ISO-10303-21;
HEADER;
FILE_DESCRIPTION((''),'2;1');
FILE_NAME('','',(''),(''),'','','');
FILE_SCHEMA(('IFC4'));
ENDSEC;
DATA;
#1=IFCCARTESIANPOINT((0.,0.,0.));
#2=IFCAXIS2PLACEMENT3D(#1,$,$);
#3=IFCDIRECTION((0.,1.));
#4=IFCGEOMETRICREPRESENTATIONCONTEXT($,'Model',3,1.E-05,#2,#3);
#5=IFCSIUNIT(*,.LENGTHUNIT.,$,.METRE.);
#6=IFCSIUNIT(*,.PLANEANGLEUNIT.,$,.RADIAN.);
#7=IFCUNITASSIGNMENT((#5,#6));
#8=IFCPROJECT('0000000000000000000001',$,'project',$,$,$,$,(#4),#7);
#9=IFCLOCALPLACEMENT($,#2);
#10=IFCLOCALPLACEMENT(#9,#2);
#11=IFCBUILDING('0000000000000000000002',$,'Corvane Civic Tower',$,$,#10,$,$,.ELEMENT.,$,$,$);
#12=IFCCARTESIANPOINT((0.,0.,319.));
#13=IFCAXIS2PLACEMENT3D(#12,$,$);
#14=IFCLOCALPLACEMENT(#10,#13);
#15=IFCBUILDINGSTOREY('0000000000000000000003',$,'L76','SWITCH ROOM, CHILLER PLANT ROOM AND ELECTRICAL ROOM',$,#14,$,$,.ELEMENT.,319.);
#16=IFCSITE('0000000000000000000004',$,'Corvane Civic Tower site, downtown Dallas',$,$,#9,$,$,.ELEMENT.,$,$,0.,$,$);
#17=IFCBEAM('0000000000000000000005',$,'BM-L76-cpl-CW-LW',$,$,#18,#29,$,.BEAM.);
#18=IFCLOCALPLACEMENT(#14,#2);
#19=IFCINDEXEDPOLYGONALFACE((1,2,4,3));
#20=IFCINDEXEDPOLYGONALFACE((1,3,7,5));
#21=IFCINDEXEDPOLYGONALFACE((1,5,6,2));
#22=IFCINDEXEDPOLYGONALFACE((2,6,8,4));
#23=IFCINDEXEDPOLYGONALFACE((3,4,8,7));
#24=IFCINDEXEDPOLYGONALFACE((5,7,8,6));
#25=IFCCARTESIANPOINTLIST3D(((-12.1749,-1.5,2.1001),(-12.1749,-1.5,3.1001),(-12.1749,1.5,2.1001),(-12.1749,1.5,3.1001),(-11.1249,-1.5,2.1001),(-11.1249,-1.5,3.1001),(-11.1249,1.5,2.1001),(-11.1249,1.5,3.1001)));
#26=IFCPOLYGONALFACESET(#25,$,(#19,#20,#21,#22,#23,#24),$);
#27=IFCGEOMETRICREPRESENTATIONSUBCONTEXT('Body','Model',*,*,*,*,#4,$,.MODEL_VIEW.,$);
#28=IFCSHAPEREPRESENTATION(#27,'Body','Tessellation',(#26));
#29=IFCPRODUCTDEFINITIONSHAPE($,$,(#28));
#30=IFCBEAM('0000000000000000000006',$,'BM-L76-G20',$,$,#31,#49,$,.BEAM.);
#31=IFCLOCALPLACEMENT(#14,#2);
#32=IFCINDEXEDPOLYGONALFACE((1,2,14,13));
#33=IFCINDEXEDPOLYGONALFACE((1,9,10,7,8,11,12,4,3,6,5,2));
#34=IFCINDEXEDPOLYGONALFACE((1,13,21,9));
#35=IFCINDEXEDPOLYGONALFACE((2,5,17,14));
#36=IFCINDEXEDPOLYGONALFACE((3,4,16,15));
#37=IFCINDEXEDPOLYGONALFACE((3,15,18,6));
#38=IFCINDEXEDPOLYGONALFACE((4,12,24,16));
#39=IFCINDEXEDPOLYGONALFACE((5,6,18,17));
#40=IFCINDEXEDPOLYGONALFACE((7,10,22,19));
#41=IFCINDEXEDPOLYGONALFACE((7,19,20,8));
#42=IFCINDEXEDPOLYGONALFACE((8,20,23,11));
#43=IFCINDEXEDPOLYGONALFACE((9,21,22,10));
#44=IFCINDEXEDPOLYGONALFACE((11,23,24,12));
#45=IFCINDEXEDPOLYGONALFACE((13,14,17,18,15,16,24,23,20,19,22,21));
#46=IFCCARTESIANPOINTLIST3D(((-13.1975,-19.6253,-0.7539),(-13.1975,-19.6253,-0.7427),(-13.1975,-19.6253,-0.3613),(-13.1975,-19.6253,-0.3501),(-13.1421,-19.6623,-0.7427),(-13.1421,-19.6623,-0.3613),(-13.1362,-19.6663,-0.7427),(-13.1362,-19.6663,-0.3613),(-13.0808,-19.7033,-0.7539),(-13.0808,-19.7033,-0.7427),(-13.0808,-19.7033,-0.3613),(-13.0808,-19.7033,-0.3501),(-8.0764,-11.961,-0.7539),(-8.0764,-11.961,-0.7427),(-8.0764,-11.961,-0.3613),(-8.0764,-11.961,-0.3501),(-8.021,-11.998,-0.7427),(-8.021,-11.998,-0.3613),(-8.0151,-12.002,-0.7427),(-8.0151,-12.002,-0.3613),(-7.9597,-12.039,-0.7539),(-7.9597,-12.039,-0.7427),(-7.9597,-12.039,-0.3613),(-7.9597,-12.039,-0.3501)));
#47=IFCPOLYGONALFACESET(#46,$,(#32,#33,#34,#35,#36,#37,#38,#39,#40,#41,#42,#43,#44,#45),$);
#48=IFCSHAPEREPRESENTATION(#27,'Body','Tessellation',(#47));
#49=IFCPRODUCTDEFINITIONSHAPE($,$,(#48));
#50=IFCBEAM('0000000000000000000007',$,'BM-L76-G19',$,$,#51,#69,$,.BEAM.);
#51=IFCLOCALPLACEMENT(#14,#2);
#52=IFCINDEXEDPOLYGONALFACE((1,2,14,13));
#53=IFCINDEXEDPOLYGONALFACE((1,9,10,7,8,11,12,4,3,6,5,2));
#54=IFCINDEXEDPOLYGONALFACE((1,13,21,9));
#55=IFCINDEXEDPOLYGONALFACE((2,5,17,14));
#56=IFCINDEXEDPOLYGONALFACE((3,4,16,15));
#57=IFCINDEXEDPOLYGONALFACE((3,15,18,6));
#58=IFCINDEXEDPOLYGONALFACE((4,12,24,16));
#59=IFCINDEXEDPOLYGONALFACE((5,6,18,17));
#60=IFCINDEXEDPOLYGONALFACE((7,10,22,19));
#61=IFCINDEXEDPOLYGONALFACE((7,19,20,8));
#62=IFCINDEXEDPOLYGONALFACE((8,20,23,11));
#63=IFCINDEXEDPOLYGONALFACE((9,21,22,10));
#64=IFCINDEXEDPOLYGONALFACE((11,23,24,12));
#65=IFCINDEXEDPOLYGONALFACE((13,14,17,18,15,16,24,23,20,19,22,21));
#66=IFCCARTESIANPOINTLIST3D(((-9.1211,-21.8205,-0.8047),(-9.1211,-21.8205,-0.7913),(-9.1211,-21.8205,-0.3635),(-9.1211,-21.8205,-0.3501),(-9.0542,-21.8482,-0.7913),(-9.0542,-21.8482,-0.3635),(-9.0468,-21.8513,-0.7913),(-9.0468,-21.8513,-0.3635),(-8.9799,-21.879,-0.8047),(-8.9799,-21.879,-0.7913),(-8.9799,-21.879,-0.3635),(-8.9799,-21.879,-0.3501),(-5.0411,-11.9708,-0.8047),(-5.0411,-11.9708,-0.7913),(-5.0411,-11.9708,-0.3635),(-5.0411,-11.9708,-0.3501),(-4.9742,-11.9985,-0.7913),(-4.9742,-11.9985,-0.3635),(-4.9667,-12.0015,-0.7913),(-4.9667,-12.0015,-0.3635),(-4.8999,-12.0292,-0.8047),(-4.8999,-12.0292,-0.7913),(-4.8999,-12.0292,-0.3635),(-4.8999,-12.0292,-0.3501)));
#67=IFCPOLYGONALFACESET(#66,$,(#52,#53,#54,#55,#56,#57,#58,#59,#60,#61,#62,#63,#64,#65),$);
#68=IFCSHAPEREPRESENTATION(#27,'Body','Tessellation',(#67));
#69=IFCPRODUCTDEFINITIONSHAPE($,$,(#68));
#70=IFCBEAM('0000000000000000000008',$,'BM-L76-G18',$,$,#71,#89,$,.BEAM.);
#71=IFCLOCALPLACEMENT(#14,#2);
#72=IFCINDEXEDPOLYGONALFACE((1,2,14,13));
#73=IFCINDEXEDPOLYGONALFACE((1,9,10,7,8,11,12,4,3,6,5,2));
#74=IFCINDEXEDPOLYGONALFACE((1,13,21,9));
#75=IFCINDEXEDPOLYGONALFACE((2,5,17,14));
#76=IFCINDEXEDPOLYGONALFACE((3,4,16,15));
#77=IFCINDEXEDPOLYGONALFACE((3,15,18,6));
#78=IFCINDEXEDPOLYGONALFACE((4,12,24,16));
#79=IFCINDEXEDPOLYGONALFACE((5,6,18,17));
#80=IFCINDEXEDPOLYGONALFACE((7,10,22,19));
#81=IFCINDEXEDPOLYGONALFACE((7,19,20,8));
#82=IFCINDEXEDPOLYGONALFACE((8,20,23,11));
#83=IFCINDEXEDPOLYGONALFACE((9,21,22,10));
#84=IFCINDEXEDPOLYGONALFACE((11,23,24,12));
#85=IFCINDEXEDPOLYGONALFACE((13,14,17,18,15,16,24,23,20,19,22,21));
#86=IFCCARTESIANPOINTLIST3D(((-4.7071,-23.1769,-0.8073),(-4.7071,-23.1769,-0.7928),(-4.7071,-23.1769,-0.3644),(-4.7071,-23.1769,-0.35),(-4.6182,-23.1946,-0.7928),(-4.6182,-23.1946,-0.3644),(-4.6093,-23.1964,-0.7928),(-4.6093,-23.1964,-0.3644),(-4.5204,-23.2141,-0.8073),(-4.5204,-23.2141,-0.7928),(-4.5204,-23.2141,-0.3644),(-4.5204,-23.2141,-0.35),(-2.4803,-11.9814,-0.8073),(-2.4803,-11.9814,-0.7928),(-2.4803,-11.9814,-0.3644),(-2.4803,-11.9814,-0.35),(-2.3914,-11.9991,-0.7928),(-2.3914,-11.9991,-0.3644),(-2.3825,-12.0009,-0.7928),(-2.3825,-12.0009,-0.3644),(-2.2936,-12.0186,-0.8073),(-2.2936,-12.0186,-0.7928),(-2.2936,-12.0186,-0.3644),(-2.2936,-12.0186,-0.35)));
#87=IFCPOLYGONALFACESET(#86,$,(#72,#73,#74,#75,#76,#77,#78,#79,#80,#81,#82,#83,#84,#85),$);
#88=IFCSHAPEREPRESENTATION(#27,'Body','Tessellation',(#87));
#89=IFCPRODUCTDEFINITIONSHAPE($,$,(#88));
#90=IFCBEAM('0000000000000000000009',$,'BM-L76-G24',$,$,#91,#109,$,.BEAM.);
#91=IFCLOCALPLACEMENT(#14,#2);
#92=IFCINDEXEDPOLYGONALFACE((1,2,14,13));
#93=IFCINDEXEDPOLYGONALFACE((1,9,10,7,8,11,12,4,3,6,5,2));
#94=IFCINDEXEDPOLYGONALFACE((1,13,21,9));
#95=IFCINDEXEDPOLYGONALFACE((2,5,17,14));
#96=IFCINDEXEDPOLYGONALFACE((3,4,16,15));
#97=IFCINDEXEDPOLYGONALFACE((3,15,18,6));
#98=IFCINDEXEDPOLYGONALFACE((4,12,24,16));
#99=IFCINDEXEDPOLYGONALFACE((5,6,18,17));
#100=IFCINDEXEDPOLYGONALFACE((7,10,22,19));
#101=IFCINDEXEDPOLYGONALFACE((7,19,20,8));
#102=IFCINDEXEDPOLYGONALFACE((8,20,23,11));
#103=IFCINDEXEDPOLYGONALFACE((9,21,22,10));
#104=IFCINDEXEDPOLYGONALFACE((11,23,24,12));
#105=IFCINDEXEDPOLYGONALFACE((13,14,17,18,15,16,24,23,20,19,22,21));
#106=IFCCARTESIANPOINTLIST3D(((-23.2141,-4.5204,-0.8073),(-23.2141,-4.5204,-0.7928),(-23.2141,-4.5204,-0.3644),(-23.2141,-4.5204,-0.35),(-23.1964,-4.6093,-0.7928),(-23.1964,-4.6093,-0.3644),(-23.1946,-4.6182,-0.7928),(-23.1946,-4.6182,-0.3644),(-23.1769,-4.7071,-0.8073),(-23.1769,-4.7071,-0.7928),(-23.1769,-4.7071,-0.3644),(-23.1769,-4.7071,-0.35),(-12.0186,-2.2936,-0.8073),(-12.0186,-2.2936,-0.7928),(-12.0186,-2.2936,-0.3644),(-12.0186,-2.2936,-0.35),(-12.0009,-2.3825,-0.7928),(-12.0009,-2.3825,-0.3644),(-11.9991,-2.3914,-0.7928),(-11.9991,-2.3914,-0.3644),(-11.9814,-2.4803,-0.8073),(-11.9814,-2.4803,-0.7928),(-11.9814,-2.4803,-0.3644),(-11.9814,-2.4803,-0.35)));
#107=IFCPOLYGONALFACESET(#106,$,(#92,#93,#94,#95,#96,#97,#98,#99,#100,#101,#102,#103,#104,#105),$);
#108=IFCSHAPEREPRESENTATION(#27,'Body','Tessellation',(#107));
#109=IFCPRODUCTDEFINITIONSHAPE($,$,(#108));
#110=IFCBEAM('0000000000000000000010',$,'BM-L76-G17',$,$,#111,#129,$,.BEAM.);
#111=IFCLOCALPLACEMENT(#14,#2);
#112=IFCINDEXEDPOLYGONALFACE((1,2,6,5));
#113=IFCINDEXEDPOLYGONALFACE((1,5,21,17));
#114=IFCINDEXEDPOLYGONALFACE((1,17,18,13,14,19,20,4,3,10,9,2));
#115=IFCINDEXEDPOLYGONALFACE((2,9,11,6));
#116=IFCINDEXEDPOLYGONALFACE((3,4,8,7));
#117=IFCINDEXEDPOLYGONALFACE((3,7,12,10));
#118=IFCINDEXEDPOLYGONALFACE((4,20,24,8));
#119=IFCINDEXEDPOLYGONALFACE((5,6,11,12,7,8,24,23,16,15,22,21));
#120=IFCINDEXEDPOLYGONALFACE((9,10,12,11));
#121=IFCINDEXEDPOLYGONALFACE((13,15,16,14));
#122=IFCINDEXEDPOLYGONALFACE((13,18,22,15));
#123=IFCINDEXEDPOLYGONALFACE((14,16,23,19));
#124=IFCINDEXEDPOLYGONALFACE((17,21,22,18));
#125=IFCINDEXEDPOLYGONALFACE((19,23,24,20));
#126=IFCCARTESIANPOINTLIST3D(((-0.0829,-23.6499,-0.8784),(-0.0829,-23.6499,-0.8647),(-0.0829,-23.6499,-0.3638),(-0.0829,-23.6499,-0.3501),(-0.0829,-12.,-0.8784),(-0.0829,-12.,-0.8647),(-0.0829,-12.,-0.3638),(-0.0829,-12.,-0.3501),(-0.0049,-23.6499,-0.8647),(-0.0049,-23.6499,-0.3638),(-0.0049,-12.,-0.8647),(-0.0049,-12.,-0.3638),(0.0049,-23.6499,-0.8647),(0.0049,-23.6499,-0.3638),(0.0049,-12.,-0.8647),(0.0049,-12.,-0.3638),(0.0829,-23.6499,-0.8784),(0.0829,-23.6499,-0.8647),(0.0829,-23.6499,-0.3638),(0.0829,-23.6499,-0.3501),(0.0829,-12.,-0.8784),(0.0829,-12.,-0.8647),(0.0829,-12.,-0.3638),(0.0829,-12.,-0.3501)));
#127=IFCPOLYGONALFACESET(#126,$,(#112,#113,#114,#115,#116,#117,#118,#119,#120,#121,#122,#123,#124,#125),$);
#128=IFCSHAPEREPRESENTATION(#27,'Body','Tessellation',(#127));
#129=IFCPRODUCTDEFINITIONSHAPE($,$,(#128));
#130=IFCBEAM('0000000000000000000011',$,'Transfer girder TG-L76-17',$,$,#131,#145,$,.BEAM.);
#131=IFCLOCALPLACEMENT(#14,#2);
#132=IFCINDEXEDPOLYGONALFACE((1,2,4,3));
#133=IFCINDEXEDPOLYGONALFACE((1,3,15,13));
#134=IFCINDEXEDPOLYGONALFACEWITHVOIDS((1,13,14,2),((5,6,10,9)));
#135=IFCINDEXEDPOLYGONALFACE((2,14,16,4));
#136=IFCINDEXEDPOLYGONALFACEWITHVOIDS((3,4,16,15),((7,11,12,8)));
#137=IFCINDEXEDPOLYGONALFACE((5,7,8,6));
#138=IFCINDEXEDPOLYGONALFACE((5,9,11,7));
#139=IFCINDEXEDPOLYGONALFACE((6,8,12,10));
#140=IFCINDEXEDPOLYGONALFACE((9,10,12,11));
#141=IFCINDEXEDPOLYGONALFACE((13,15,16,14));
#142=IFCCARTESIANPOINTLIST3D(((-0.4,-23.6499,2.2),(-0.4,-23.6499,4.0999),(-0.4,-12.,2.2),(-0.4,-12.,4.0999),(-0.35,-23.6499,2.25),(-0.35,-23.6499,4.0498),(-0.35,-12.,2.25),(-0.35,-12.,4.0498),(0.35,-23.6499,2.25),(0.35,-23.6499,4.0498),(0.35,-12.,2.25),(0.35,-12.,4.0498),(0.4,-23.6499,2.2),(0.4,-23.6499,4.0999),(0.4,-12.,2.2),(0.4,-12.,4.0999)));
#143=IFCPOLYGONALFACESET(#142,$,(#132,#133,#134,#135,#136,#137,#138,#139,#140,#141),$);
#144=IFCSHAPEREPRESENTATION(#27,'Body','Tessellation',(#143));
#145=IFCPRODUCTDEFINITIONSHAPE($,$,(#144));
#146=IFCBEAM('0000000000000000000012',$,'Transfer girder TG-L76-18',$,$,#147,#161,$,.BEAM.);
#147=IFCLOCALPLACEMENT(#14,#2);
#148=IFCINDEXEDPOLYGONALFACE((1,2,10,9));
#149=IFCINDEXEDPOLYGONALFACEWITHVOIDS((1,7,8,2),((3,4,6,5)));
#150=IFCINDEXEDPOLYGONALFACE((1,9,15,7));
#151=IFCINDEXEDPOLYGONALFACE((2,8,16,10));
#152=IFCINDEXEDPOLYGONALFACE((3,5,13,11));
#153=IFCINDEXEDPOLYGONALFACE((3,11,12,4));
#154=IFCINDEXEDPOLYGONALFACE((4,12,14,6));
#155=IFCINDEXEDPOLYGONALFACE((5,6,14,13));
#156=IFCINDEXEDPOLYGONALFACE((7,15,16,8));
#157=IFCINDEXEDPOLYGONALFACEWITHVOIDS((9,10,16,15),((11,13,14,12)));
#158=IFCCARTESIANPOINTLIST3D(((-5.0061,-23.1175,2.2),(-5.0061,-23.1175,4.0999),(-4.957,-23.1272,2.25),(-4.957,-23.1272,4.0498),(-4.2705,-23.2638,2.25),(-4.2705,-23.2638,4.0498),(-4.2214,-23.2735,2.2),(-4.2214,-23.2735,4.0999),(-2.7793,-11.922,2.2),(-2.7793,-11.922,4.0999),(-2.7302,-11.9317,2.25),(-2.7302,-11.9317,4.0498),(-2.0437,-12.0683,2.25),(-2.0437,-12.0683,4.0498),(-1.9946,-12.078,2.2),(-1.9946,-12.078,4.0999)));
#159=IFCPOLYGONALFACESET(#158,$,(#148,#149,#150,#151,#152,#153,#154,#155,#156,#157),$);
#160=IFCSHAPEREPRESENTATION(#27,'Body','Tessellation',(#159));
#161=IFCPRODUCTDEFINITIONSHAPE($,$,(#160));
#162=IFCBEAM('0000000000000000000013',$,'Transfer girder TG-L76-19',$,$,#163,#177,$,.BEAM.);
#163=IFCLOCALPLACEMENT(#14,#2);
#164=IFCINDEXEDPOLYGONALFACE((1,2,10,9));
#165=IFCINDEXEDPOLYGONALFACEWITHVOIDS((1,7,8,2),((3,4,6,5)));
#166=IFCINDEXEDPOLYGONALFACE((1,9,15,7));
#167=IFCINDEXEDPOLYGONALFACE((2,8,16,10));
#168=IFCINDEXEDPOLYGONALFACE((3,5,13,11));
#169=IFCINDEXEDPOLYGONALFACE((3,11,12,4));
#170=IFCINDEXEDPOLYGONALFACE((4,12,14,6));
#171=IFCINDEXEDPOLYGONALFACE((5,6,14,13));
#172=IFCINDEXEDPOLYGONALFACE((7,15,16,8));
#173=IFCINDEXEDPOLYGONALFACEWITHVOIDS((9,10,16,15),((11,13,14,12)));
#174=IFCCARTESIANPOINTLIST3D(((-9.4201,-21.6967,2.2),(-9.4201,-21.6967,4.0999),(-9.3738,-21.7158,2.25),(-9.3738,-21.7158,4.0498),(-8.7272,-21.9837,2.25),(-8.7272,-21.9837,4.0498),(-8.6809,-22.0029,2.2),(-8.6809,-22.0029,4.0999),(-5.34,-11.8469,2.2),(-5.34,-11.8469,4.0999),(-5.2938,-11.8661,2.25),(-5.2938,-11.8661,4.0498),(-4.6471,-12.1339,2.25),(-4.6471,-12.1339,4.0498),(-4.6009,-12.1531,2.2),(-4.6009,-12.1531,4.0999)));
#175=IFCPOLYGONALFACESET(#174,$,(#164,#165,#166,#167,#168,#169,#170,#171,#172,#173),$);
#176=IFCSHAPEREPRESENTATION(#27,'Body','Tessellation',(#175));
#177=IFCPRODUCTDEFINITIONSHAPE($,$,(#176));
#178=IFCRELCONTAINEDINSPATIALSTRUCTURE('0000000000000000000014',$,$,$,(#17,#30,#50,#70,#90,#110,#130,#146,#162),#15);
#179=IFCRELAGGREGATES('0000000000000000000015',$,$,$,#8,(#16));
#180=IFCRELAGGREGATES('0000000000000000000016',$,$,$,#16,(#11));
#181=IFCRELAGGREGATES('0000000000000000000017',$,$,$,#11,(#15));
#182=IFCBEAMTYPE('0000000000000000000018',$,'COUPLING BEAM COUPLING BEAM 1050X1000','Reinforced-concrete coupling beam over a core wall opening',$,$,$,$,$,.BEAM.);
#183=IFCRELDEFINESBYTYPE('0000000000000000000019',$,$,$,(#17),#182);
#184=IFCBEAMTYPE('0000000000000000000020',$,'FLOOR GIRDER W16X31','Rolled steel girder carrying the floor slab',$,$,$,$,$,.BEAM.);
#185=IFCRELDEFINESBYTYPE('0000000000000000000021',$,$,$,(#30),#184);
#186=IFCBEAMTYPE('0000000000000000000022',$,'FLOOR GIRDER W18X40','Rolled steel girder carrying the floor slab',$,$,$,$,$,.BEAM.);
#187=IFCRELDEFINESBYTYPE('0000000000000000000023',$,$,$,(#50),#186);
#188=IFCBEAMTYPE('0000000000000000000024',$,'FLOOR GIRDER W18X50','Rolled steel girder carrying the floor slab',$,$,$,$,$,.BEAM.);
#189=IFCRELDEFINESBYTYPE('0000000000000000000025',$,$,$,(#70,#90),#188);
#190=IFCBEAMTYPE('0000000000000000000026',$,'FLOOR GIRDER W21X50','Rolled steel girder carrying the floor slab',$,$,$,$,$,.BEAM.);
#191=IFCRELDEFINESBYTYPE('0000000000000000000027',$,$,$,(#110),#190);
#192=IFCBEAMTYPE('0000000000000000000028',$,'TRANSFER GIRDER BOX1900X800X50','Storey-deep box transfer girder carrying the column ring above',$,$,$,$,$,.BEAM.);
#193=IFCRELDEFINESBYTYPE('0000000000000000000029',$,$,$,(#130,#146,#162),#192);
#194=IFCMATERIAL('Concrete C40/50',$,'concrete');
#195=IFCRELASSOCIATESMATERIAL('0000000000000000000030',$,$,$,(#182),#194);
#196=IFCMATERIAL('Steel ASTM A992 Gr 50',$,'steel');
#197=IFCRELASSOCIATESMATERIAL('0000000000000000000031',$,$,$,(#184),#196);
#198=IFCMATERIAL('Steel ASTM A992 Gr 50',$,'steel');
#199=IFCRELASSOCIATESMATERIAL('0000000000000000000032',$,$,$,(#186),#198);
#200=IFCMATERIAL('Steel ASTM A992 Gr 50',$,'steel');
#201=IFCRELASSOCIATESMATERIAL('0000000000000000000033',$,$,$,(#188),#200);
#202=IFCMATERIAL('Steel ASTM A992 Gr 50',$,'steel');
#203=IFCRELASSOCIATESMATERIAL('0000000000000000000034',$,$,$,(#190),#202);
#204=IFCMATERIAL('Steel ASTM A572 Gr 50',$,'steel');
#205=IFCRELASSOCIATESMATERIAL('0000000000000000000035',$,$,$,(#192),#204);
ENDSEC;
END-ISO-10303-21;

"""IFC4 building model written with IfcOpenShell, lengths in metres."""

from ifc_helpers import new_model, si_unit, direction, frame, origin, origin_2d, place, context, subcontext, project, spatial, rectangle, hollow_rectangle, i_section, extrude, material, material_profile, profile_set, type_object, element, save


model = new_model("IFC4")

# Units and contexts
model_context = context("Model", 3, precision=1e-05, world=origin(), true_north=direction((0.0, 1.0)))
body_context = subcontext(model_context, "Body", "Model", "MODEL_VIEW")
ifc_project = project(units=[si_unit("LENGTHUNIT", "METRE"), si_unit("PLANEANGLEUNIT", "RADIAN")], contexts=[model_context])

# Site, building, storey
site_placement = place(None, origin())
site = spatial("IfcSite", under=ifc_project, at=site_placement, Name="Corvane Civic Tower site, downtown Dallas", CompositionType="ELEMENT", RefElevation=0.0)
building_placement = place(site_placement, origin())
building = spatial("IfcBuilding", under=site, at=building_placement, Name="Corvane Civic Tower", CompositionType="ELEMENT")
storey_placement = place(building_placement, frame((0.0, 0.0, 319.0)))
storey = spatial("IfcBuildingStorey", under=building, at=storey_placement, Name="L76", Description="SWITCH ROOM, CHILLER PLANT ROOM AND ELECTRICAL ROOM", CompositionType="ELEMENT", Elevation=319.0)

# Beams
ifc_material_1 = material(Name="Concrete C40/50", Category="concrete")
ifc_material_profile_1 = material_profile(ifc_material_1, rectangle(XDim=1.05, YDim=1.0, at=origin_2d()), Name="COUPLING BEAM 1050X1000")
ifc_profile_set_1 = profile_set([ifc_material_profile_1], Name="Concrete C40/50")
beam_type_1 = type_object("IfcBeamType", Name="COUPLING BEAM COUPLING BEAM 1050X1000", Description="Reinforced-concrete coupling beam over a core wall opening", PredefinedType="BEAM", material=ifc_profile_set_1)
beam_1_placement = place(storey_placement, frame((-11.6499, -1.5, 2.6001), z_axis=(0.0, 1.0, 0.0), x_axis=(-1.0, 0.0, 0.0)))
element("IfcBeam", 1, at=beam_1_placement, inside=storey, type_object=beam_type_1, Name="BM-L76-cpl-CW-LW", PredefinedType="BEAM", context=body_context, shape_type="SweptSolid", body=[
    extrude(rectangle(XDim=1.05, YDim=1.0, at=origin_2d()), origin(), (0.0, 0.0, 1.0), 3.0),
])
ifc_material_2 = material(Name="Steel ASTM A992 Gr 50", Category="steel")
ifc_material_profile_2 = material_profile(ifc_material_2, i_section(OverallWidth=0.1404, OverallDepth=0.4038, WebThickness=0.0071, FlangeThickness=0.0112, at=origin_2d()), Name="W16X31")
ifc_profile_set_2 = profile_set([ifc_material_profile_2], Name="Steel ASTM A992 Gr 50")
beam_type_2 = type_object("IfcBeamType", Name="FLOOR GIRDER W16X31", Description="Rolled steel girder carrying the floor slab", PredefinedType="BEAM", material=ifc_profile_set_2)
beam_2_placement = place(storey_placement, frame((-8.0181, -12.0, -0.552), z_axis=(-0.555568, -0.831471, 0.0), x_axis=(0.831471, -0.555568, 0.0)))
element("IfcBeam", 2, at=beam_2_placement, inside=storey, type_object=beam_type_2, Name="BM-L76-G20", PredefinedType="BEAM", context=body_context, shape_type="SweptSolid", body=[
    extrude(i_section(OverallWidth=0.1404, OverallDepth=0.4038, WebThickness=0.0071, FlangeThickness=0.0112, at=origin_2d()), origin(), (0.0, 0.0, 1.0), 9.2178),
])
ifc_material_3 = material(Name="Steel ASTM A992 Gr 50", Category="steel")
ifc_material_profile_3 = material_profile(ifc_material_3, i_section(OverallWidth=0.1528, OverallDepth=0.4546, WebThickness=0.0081, FlangeThickness=0.0134, at=origin_2d()), Name="W18X40")
ifc_profile_set_3 = profile_set([ifc_material_profile_3], Name="Steel ASTM A992 Gr 50")
beam_type_3 = type_object("IfcBeamType", Name="FLOOR GIRDER W18X40", Description="Rolled steel girder carrying the floor slab", PredefinedType="BEAM", material=ifc_profile_set_3)
beam_3_placement = place(storey_placement, frame((-4.9705, -12.0, -0.5774), z_axis=(-0.382694, -0.923875, 0.0), x_axis=(0.923875, -0.382694, 0.0)))
element("IfcBeam", 3, at=beam_3_placement, inside=storey, type_object=beam_type_3, Name="BM-L76-G19", PredefinedType="BEAM", context=body_context, shape_type="SweptSolid", body=[
    extrude(i_section(OverallWidth=0.1528, OverallDepth=0.4546, WebThickness=0.0081, FlangeThickness=0.0134, at=origin_2d()), origin(), (0.0, 0.0, 1.0), 10.6614),
])
ifc_material_4 = material(Name="Steel ASTM A992 Gr 50", Category="steel")
ifc_material_profile_4 = material_profile(ifc_material_4, i_section(OverallWidth=0.1904, OverallDepth=0.4573, WebThickness=0.009, FlangeThickness=0.0144, at=origin_2d()), Name="W18X50")
ifc_profile_set_4 = profile_set([ifc_material_profile_4], Name="Steel ASTM A992 Gr 50")
beam_type_4 = type_object("IfcBeamType", Name="FLOOR GIRDER W18X50", Description="Rolled steel girder carrying the floor slab", PredefinedType="BEAM", material=ifc_profile_set_4)
for number, where, z_axis, x_axis, name in (
    (4, (-2.387, -12.0, -0.5786), (-0.19508, -0.980787, 0.0), (0.980787, -0.19508, 0.0), "BM-L76-G18"),
    (5, (-12.0, -2.387, -0.5786), (-0.980787, -0.19508, 0.0), (0.19508, -0.980787, 0.0), "BM-L76-G24"),
):
    element("IfcBeam", number, at=place(storey_placement, frame(where, z_axis=z_axis, x_axis=x_axis)), inside=storey, type_object=beam_type_4, Name=name, PredefinedType="BEAM", context=body_context, shape_type="SweptSolid", body=[
        extrude(i_section(OverallWidth=0.1904, OverallDepth=0.4573, WebThickness=0.009, FlangeThickness=0.0144, at=origin_2d()), origin(), (0.0, 0.0, 1.0), 11.4148),
    ])
ifc_material_5 = material(Name="Steel ASTM A992 Gr 50", Category="steel")
ifc_material_profile_5 = material_profile(ifc_material_5, i_section(OverallWidth=0.1658, OverallDepth=0.5283, WebThickness=0.0098, FlangeThickness=0.0137, at=origin_2d()), Name="W21X50")
ifc_profile_set_5 = profile_set([ifc_material_profile_5], Name="Steel ASTM A992 Gr 50")
beam_type_5 = type_object("IfcBeamType", Name="FLOOR GIRDER W21X50", Description="Rolled steel girder carrying the floor slab", PredefinedType="BEAM", material=ifc_profile_set_5)
beam_4_placement = place(storey_placement, frame((0.0, -12.0, -0.6143), z_axis=(0.0, -1.0, 0.0), x_axis=(1.0, 0.0, 0.0)))
element("IfcBeam", 6, at=beam_4_placement, inside=storey, type_object=beam_type_5, Name="BM-L76-G17", PredefinedType="BEAM", context=body_context, shape_type="SweptSolid", body=[
    extrude(i_section(OverallWidth=0.1658, OverallDepth=0.5283, WebThickness=0.0098, FlangeThickness=0.0137, at=origin_2d()), origin(), (0.0, 0.0, 1.0), 11.6499),
])
ifc_material_6 = material(Name="Steel ASTM A572 Gr 50", Category="steel")
ifc_material_profile_6 = material_profile(ifc_material_6, hollow_rectangle(XDim=0.8, YDim=1.8999, WallThickness=0.05, at=origin_2d()), Name="BOX1900X800X50")
ifc_profile_set_6 = profile_set([ifc_material_profile_6], Name="Steel ASTM A572 Gr 50")
beam_type_6 = type_object("IfcBeamType", Name="TRANSFER GIRDER BOX1900X800X50", Description="Storey-deep box transfer girder carrying the column ring above", PredefinedType="BEAM", material=ifc_profile_set_6)
beam_5_placement = place(storey_placement, frame((0.0, -12.0, 3.1499), z_axis=(0.0, -1.0, 0.0), x_axis=(1.0, 0.0, 0.0)))
element("IfcBeam", 7, at=beam_5_placement, inside=storey, type_object=beam_type_6, Name="Transfer girder TG-L76-17", PredefinedType="BEAM", context=body_context, shape_type="SweptSolid", body=[
    extrude(hollow_rectangle(XDim=0.8, YDim=1.8999, WallThickness=0.05, at=origin_2d()), origin(), (0.0, 0.0, 1.0), 11.6499),
])
beam_6_placement = place(storey_placement, frame((-2.387, -12.0, 3.1499), z_axis=(-0.19508, -0.980787, 0.0), x_axis=(0.980787, -0.19508, 0.0)))
element("IfcBeam", 8, at=beam_6_placement, inside=storey, type_object=beam_type_6, Name="Transfer girder TG-L76-18", PredefinedType="BEAM", context=body_context, shape_type="SweptSolid", body=[
    extrude(hollow_rectangle(XDim=0.8, YDim=1.8999, WallThickness=0.05, at=origin_2d()), origin(), (0.0, 0.0, 1.0), 11.4148),
])
beam_7_placement = place(storey_placement, frame((-4.9705, -12.0, 3.1499), z_axis=(-0.382694, -0.923875, 0.0), x_axis=(0.923875, -0.382694, 0.0)))
element("IfcBeam", 9, at=beam_7_placement, inside=storey, type_object=beam_type_6, Name="Transfer girder TG-L76-19", PredefinedType="BEAM", context=body_context, shape_type="SweptSolid", body=[
    extrude(hollow_rectangle(XDim=0.8, YDim=1.8999, WallThickness=0.05, at=origin_2d()), origin(), (0.0, 0.0, 1.0), 10.6614),
])

save(model, "model.ifc")
